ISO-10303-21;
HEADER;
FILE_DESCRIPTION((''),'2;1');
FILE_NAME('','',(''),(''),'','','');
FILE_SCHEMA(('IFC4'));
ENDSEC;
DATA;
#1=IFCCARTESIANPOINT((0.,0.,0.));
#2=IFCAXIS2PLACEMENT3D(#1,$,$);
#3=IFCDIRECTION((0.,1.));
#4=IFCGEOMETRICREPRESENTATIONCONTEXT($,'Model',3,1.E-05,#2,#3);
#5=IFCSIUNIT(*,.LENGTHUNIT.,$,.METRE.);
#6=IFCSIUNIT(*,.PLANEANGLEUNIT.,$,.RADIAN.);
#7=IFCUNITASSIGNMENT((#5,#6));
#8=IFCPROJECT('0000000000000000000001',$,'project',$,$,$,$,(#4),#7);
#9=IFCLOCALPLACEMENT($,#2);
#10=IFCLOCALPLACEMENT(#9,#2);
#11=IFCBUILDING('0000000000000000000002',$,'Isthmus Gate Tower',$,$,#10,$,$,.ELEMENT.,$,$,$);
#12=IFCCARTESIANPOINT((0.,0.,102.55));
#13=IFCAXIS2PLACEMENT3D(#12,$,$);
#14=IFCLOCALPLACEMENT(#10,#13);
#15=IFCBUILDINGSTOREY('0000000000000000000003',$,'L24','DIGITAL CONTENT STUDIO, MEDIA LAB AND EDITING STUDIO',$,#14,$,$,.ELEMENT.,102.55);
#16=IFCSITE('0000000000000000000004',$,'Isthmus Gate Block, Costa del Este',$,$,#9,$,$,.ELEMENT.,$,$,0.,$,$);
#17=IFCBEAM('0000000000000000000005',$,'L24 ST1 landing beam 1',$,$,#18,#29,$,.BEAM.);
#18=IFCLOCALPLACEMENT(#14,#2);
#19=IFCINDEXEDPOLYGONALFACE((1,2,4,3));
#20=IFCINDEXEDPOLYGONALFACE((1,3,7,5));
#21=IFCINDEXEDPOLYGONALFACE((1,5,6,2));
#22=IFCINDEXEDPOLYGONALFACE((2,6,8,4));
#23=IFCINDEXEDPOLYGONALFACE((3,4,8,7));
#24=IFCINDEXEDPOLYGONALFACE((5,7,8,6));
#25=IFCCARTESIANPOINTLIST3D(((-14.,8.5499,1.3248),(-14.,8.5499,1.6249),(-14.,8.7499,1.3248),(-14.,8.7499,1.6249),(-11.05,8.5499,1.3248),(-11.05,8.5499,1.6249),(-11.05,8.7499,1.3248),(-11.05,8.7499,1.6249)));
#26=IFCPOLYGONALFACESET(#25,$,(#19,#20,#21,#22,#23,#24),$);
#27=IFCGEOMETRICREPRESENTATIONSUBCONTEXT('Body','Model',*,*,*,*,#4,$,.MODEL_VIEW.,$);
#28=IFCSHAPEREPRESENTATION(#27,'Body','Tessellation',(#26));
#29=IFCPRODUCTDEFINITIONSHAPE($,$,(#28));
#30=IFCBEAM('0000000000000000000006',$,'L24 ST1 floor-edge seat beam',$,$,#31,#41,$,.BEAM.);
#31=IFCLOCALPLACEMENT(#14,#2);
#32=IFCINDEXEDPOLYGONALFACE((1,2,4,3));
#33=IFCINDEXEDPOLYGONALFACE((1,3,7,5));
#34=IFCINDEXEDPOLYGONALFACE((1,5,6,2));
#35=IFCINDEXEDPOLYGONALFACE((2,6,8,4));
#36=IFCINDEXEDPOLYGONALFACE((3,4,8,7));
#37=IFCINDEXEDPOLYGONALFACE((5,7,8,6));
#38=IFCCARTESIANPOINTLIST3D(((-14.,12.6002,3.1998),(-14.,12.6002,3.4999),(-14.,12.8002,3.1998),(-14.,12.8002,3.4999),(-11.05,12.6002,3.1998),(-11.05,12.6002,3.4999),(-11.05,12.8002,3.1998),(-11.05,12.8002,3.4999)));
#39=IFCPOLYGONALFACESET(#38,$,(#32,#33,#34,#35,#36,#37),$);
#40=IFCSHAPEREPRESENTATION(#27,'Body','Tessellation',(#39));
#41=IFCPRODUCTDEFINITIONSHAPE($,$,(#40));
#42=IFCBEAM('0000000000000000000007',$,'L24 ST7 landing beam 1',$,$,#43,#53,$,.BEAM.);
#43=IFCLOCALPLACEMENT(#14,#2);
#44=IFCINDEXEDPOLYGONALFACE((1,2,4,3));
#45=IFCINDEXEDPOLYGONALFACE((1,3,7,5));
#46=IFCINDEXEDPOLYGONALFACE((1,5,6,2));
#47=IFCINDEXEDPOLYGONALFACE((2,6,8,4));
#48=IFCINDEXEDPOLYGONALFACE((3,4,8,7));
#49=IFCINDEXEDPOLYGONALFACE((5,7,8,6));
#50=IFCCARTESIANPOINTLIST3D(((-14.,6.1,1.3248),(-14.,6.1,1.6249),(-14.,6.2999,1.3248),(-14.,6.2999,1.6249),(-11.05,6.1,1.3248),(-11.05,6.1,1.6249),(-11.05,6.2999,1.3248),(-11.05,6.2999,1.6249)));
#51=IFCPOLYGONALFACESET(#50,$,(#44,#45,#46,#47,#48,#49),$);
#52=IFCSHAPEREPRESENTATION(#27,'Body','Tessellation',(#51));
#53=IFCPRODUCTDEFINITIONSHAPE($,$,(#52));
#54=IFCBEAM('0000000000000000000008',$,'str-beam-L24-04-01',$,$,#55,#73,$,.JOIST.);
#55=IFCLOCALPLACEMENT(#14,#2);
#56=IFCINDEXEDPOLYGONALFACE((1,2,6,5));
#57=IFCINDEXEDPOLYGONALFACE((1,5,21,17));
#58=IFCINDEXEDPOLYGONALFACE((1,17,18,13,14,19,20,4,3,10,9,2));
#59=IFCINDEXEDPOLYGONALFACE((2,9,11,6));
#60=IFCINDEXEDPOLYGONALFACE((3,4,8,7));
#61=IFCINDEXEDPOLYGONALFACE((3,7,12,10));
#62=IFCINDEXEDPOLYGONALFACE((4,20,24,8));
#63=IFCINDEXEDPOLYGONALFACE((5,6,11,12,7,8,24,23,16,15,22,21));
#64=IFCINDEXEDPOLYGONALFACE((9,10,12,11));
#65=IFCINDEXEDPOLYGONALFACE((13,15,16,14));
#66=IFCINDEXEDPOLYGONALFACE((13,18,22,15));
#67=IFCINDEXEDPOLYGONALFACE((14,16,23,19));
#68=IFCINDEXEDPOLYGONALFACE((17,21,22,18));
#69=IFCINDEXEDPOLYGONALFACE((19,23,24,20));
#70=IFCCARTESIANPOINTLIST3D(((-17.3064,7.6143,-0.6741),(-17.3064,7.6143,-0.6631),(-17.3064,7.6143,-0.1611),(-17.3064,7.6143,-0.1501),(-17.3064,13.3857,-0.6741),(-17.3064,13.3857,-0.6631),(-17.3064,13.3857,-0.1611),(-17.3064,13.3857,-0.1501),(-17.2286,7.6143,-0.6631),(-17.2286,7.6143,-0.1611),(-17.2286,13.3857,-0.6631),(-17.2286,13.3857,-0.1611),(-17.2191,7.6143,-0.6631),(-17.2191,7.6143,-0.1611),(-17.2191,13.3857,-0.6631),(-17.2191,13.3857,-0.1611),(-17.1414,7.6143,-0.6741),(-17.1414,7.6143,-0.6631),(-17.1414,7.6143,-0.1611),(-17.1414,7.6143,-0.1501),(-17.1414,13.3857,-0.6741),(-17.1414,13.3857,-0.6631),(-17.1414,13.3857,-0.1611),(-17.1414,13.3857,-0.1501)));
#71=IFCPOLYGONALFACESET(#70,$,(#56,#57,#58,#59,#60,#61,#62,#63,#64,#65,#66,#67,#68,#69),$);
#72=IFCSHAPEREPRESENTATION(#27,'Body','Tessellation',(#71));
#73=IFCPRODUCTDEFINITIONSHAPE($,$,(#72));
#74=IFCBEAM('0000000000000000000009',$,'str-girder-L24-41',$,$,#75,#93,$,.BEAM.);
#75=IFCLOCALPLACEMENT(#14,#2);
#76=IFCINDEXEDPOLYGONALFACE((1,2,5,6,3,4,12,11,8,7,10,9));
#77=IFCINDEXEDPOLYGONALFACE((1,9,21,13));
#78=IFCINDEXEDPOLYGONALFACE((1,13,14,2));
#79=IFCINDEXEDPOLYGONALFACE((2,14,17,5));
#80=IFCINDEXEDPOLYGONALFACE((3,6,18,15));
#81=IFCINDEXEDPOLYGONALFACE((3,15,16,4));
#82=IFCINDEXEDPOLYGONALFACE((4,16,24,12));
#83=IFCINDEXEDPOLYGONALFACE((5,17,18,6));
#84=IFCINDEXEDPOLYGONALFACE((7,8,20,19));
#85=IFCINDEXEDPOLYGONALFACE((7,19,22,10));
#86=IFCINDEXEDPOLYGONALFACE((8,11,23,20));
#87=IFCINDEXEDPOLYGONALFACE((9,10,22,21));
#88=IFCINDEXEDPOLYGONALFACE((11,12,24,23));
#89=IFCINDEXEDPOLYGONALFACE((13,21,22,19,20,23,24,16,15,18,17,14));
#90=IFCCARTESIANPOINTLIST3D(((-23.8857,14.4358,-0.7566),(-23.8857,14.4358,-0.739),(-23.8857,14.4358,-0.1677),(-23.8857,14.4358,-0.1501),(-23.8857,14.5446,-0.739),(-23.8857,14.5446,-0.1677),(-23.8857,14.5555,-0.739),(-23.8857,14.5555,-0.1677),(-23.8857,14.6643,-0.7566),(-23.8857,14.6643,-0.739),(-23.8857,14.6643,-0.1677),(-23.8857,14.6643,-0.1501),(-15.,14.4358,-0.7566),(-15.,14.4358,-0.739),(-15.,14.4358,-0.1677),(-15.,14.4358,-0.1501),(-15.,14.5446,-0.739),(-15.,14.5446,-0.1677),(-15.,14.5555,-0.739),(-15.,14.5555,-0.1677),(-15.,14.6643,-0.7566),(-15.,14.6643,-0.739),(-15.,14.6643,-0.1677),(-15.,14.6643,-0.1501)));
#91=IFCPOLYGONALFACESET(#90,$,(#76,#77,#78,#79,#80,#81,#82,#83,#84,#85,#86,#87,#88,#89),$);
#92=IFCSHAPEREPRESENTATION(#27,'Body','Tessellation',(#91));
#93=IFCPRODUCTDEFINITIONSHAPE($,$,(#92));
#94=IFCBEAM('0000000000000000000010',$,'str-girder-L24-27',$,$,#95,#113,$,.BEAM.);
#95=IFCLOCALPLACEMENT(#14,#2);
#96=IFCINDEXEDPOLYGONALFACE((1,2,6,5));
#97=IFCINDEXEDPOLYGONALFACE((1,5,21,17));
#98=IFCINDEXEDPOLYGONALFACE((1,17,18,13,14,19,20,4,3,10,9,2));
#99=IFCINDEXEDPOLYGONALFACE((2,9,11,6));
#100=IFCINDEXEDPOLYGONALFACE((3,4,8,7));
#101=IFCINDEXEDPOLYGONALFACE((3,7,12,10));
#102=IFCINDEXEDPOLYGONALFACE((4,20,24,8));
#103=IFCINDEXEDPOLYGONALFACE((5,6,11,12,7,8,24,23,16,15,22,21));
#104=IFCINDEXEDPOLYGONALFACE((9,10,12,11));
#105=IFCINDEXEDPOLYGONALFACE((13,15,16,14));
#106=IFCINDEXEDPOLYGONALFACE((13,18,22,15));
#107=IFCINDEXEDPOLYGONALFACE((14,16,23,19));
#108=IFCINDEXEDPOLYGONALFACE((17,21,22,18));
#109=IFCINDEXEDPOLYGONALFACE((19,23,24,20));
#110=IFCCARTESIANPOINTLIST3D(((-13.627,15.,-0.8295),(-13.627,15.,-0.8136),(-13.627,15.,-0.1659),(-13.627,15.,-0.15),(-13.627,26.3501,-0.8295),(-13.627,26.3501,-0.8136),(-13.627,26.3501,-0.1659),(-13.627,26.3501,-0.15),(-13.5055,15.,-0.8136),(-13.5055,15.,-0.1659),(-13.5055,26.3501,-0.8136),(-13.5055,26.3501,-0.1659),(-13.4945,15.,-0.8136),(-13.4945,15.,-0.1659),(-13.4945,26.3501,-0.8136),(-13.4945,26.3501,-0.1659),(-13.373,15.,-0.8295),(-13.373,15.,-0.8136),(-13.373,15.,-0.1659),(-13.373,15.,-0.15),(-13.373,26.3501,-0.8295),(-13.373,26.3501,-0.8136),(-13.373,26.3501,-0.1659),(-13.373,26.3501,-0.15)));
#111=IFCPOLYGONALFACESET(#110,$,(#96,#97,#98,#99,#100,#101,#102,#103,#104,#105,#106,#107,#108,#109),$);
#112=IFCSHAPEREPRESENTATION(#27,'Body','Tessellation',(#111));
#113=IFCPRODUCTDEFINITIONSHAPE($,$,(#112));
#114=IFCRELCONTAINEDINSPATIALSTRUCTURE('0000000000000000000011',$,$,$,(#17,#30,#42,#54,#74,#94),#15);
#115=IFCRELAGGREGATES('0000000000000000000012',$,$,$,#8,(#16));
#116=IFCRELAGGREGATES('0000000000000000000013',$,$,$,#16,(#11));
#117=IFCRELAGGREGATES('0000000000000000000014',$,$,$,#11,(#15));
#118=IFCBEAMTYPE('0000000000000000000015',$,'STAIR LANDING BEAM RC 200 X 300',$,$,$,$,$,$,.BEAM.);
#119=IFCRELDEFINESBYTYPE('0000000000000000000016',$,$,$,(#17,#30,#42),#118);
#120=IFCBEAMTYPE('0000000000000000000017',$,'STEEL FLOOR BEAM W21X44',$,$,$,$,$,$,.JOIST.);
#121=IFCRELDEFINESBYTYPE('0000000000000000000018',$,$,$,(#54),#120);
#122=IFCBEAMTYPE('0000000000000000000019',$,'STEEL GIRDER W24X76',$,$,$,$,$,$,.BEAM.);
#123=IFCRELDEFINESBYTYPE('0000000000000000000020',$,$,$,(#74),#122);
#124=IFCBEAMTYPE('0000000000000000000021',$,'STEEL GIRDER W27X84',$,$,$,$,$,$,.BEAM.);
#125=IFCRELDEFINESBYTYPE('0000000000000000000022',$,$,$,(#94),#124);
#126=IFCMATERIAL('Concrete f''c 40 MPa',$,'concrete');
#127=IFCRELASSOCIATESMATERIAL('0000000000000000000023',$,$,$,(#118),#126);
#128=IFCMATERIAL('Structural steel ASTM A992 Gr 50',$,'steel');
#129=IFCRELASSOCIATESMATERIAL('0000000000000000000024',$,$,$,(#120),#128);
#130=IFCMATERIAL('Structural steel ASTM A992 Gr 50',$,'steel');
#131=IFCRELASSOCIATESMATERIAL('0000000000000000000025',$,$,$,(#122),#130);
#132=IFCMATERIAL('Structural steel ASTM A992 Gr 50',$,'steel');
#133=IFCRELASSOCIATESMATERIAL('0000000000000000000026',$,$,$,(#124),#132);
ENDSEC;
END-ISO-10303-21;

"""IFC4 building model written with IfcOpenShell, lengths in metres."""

from ifc_helpers import new_model, si_unit, direction, frame, origin, origin_2d, place, context, subcontext, project, spatial, rectangle, i_section, extrude, material, material_profile, profile_set, type_object, element, save


model = new_model("IFC4")

# Units and contexts
model_context = context("Model", 3, precision=1e-05, world=origin(), true_north=direction((0.0, 1.0)))
body_context = subcontext(model_context, "Body", "Model", "MODEL_VIEW")
ifc_project = project(units=[si_unit("LENGTHUNIT", "METRE"), si_unit("PLANEANGLEUNIT", "RADIAN")], contexts=[model_context])

# Site, building, storey
site_placement = place(None, origin())
site = spatial("IfcSite", under=ifc_project, at=site_placement, Name="Isthmus Gate Block, Costa del Este", CompositionType="ELEMENT", RefElevation=0.0)
building_placement = place(site_placement, origin())
building = spatial("IfcBuilding", under=site, at=building_placement, Name="Isthmus Gate Tower", CompositionType="ELEMENT")
storey_placement = place(building_placement, frame((0.0, 0.0, 102.55)))
storey = spatial("IfcBuildingStorey", under=building, at=storey_placement, Name="L24", Description="DIGITAL CONTENT STUDIO, MEDIA LAB AND EDITING STUDIO", CompositionType="ELEMENT", Elevation=102.55)

# Beams
ifc_material_1 = material(Name="Concrete f'c 40 MPa", Category="concrete")
ifc_material_profile_1 = material_profile(ifc_material_1, rectangle(XDim=0.2, YDim=0.3, at=origin_2d()), Name="STAIR LANDING BEAM RC 200 X 300")
ifc_profile_set_1 = profile_set([ifc_material_profile_1], Name="Concrete f'c 40 MPa")
beam_type_1 = type_object("IfcBeamType", Name="STAIR LANDING BEAM RC 200 X 300", PredefinedType="BEAM", material=ifc_profile_set_1)
for number, where, z_axis, x_axis, name in (
    (1, (-14.0, 8.6499, 1.4749), (1.0, 0.0, 0.0), (0.0, 1.0, 0.0), "L24 ST1 landing beam 1"),
    (2, (-14.0, 12.7002, 3.3499), (1.0, 0.0, 0.0), (0.0, 1.0, 0.0), "L24 ST1 floor-edge seat beam"),
    (3, (-14.0, 6.2, 1.4749), (1.0, 0.0, 0.0), (0.0, 1.0, 0.0), "L24 ST7 landing beam 1"),
):
    element("IfcBeam", number, at=place(storey_placement, frame(where, z_axis=z_axis, x_axis=x_axis)), inside=storey, type_object=beam_type_1, Name=name, PredefinedType="BEAM", context=body_context, shape_type="SweptSolid", body=[
        extrude(rectangle(XDim=0.2, YDim=0.3, at=origin_2d()), origin(), (0.0, 0.0, 1.0), 2.95),
    ])
ifc_material_2 = material(Name="Structural steel ASTM A992 Gr 50", Category="steel")
ifc_material_profile_2 = material_profile(ifc_material_2, i_section(OverallWidth=0.165, OverallDepth=0.5239, WebThickness=0.0095, FlangeThickness=0.011, at=origin_2d()), Name="W21X44")
ifc_profile_set_2 = profile_set([ifc_material_profile_2], Name="Structural steel ASTM A992 Gr 50")
beam_type_2 = type_object("IfcBeamType", Name="STEEL FLOOR BEAM W21X44", PredefinedType="JOIST", material=ifc_profile_set_2)
beam_1_placement = place(storey_placement, frame((-17.2239, 7.6143, -0.4121), z_axis=(0.0, 1.0, 0.0), x_axis=(-1.0, 0.0, 0.0)))
element("IfcBeam", 4, at=beam_1_placement, inside=storey, type_object=beam_type_2, Name="str-beam-L24-04-01", PredefinedType="JOIST", context=body_context, shape_type="SweptSolid", body=[
    extrude(i_section(OverallWidth=0.165, OverallDepth=0.5239, WebThickness=0.0095, FlangeThickness=0.011, at=origin_2d()), origin(), (0.0, 0.0, 1.0), 5.7715),
])
ifc_material_3 = material(Name="Structural steel ASTM A992 Gr 50", Category="steel")
ifc_material_profile_3 = material_profile(ifc_material_3, i_section(OverallWidth=0.2285, OverallDepth=0.6064, WebThickness=0.011, FlangeThickness=0.0176, at=origin_2d()), Name="W24X76")
ifc_profile_set_3 = profile_set([ifc_material_profile_3], Name="Structural steel ASTM A992 Gr 50")
beam_type_3 = type_object("IfcBeamType", Name="STEEL GIRDER W24X76", PredefinedType="BEAM", material=ifc_profile_set_3)
beam_2_placement = place(storey_placement, frame((-15.0, 14.55, -0.4534), z_axis=(-1.0, 0.0, 0.0), x_axis=(0.0, -1.0, 0.0)))
element("IfcBeam", 5, at=beam_2_placement, inside=storey, type_object=beam_type_3, Name="str-girder-L24-41", PredefinedType="BEAM", context=body_context, shape_type="SweptSolid", body=[
    extrude(i_section(OverallWidth=0.2285, OverallDepth=0.6064, WebThickness=0.011, FlangeThickness=0.0176, at=origin_2d()), origin(), (0.0, 0.0, 1.0), 8.8857),
])
ifc_material_4 = material(Name="Structural steel ASTM A992 Gr 50", Category="steel")
ifc_material_profile_4 = material_profile(ifc_material_4, i_section(OverallWidth=0.2539, OverallDepth=0.6794, WebThickness=0.011, FlangeThickness=0.0159, at=origin_2d()), Name="W27X84")
ifc_profile_set_4 = profile_set([ifc_material_profile_4], Name="Structural steel ASTM A992 Gr 50")
beam_type_4 = type_object("IfcBeamType", Name="STEEL GIRDER W27X84", PredefinedType="BEAM", material=ifc_profile_set_4)
beam_3_placement = place(storey_placement, frame((-13.5, 15.0, -0.4897), z_axis=(0.0, 1.0, 0.0), x_axis=(-1.0, 0.0, 0.0)))
element("IfcBeam", 6, at=beam_3_placement, inside=storey, type_object=beam_type_4, Name="str-girder-L24-27", PredefinedType="BEAM", context=body_context, shape_type="SweptSolid", body=[
    extrude(i_section(OverallWidth=0.2539, OverallDepth=0.6794, WebThickness=0.011, FlangeThickness=0.0159, at=origin_2d()), origin(), (0.0, 0.0, 1.0), 11.3501),
])

save(model, "model.ifc")
